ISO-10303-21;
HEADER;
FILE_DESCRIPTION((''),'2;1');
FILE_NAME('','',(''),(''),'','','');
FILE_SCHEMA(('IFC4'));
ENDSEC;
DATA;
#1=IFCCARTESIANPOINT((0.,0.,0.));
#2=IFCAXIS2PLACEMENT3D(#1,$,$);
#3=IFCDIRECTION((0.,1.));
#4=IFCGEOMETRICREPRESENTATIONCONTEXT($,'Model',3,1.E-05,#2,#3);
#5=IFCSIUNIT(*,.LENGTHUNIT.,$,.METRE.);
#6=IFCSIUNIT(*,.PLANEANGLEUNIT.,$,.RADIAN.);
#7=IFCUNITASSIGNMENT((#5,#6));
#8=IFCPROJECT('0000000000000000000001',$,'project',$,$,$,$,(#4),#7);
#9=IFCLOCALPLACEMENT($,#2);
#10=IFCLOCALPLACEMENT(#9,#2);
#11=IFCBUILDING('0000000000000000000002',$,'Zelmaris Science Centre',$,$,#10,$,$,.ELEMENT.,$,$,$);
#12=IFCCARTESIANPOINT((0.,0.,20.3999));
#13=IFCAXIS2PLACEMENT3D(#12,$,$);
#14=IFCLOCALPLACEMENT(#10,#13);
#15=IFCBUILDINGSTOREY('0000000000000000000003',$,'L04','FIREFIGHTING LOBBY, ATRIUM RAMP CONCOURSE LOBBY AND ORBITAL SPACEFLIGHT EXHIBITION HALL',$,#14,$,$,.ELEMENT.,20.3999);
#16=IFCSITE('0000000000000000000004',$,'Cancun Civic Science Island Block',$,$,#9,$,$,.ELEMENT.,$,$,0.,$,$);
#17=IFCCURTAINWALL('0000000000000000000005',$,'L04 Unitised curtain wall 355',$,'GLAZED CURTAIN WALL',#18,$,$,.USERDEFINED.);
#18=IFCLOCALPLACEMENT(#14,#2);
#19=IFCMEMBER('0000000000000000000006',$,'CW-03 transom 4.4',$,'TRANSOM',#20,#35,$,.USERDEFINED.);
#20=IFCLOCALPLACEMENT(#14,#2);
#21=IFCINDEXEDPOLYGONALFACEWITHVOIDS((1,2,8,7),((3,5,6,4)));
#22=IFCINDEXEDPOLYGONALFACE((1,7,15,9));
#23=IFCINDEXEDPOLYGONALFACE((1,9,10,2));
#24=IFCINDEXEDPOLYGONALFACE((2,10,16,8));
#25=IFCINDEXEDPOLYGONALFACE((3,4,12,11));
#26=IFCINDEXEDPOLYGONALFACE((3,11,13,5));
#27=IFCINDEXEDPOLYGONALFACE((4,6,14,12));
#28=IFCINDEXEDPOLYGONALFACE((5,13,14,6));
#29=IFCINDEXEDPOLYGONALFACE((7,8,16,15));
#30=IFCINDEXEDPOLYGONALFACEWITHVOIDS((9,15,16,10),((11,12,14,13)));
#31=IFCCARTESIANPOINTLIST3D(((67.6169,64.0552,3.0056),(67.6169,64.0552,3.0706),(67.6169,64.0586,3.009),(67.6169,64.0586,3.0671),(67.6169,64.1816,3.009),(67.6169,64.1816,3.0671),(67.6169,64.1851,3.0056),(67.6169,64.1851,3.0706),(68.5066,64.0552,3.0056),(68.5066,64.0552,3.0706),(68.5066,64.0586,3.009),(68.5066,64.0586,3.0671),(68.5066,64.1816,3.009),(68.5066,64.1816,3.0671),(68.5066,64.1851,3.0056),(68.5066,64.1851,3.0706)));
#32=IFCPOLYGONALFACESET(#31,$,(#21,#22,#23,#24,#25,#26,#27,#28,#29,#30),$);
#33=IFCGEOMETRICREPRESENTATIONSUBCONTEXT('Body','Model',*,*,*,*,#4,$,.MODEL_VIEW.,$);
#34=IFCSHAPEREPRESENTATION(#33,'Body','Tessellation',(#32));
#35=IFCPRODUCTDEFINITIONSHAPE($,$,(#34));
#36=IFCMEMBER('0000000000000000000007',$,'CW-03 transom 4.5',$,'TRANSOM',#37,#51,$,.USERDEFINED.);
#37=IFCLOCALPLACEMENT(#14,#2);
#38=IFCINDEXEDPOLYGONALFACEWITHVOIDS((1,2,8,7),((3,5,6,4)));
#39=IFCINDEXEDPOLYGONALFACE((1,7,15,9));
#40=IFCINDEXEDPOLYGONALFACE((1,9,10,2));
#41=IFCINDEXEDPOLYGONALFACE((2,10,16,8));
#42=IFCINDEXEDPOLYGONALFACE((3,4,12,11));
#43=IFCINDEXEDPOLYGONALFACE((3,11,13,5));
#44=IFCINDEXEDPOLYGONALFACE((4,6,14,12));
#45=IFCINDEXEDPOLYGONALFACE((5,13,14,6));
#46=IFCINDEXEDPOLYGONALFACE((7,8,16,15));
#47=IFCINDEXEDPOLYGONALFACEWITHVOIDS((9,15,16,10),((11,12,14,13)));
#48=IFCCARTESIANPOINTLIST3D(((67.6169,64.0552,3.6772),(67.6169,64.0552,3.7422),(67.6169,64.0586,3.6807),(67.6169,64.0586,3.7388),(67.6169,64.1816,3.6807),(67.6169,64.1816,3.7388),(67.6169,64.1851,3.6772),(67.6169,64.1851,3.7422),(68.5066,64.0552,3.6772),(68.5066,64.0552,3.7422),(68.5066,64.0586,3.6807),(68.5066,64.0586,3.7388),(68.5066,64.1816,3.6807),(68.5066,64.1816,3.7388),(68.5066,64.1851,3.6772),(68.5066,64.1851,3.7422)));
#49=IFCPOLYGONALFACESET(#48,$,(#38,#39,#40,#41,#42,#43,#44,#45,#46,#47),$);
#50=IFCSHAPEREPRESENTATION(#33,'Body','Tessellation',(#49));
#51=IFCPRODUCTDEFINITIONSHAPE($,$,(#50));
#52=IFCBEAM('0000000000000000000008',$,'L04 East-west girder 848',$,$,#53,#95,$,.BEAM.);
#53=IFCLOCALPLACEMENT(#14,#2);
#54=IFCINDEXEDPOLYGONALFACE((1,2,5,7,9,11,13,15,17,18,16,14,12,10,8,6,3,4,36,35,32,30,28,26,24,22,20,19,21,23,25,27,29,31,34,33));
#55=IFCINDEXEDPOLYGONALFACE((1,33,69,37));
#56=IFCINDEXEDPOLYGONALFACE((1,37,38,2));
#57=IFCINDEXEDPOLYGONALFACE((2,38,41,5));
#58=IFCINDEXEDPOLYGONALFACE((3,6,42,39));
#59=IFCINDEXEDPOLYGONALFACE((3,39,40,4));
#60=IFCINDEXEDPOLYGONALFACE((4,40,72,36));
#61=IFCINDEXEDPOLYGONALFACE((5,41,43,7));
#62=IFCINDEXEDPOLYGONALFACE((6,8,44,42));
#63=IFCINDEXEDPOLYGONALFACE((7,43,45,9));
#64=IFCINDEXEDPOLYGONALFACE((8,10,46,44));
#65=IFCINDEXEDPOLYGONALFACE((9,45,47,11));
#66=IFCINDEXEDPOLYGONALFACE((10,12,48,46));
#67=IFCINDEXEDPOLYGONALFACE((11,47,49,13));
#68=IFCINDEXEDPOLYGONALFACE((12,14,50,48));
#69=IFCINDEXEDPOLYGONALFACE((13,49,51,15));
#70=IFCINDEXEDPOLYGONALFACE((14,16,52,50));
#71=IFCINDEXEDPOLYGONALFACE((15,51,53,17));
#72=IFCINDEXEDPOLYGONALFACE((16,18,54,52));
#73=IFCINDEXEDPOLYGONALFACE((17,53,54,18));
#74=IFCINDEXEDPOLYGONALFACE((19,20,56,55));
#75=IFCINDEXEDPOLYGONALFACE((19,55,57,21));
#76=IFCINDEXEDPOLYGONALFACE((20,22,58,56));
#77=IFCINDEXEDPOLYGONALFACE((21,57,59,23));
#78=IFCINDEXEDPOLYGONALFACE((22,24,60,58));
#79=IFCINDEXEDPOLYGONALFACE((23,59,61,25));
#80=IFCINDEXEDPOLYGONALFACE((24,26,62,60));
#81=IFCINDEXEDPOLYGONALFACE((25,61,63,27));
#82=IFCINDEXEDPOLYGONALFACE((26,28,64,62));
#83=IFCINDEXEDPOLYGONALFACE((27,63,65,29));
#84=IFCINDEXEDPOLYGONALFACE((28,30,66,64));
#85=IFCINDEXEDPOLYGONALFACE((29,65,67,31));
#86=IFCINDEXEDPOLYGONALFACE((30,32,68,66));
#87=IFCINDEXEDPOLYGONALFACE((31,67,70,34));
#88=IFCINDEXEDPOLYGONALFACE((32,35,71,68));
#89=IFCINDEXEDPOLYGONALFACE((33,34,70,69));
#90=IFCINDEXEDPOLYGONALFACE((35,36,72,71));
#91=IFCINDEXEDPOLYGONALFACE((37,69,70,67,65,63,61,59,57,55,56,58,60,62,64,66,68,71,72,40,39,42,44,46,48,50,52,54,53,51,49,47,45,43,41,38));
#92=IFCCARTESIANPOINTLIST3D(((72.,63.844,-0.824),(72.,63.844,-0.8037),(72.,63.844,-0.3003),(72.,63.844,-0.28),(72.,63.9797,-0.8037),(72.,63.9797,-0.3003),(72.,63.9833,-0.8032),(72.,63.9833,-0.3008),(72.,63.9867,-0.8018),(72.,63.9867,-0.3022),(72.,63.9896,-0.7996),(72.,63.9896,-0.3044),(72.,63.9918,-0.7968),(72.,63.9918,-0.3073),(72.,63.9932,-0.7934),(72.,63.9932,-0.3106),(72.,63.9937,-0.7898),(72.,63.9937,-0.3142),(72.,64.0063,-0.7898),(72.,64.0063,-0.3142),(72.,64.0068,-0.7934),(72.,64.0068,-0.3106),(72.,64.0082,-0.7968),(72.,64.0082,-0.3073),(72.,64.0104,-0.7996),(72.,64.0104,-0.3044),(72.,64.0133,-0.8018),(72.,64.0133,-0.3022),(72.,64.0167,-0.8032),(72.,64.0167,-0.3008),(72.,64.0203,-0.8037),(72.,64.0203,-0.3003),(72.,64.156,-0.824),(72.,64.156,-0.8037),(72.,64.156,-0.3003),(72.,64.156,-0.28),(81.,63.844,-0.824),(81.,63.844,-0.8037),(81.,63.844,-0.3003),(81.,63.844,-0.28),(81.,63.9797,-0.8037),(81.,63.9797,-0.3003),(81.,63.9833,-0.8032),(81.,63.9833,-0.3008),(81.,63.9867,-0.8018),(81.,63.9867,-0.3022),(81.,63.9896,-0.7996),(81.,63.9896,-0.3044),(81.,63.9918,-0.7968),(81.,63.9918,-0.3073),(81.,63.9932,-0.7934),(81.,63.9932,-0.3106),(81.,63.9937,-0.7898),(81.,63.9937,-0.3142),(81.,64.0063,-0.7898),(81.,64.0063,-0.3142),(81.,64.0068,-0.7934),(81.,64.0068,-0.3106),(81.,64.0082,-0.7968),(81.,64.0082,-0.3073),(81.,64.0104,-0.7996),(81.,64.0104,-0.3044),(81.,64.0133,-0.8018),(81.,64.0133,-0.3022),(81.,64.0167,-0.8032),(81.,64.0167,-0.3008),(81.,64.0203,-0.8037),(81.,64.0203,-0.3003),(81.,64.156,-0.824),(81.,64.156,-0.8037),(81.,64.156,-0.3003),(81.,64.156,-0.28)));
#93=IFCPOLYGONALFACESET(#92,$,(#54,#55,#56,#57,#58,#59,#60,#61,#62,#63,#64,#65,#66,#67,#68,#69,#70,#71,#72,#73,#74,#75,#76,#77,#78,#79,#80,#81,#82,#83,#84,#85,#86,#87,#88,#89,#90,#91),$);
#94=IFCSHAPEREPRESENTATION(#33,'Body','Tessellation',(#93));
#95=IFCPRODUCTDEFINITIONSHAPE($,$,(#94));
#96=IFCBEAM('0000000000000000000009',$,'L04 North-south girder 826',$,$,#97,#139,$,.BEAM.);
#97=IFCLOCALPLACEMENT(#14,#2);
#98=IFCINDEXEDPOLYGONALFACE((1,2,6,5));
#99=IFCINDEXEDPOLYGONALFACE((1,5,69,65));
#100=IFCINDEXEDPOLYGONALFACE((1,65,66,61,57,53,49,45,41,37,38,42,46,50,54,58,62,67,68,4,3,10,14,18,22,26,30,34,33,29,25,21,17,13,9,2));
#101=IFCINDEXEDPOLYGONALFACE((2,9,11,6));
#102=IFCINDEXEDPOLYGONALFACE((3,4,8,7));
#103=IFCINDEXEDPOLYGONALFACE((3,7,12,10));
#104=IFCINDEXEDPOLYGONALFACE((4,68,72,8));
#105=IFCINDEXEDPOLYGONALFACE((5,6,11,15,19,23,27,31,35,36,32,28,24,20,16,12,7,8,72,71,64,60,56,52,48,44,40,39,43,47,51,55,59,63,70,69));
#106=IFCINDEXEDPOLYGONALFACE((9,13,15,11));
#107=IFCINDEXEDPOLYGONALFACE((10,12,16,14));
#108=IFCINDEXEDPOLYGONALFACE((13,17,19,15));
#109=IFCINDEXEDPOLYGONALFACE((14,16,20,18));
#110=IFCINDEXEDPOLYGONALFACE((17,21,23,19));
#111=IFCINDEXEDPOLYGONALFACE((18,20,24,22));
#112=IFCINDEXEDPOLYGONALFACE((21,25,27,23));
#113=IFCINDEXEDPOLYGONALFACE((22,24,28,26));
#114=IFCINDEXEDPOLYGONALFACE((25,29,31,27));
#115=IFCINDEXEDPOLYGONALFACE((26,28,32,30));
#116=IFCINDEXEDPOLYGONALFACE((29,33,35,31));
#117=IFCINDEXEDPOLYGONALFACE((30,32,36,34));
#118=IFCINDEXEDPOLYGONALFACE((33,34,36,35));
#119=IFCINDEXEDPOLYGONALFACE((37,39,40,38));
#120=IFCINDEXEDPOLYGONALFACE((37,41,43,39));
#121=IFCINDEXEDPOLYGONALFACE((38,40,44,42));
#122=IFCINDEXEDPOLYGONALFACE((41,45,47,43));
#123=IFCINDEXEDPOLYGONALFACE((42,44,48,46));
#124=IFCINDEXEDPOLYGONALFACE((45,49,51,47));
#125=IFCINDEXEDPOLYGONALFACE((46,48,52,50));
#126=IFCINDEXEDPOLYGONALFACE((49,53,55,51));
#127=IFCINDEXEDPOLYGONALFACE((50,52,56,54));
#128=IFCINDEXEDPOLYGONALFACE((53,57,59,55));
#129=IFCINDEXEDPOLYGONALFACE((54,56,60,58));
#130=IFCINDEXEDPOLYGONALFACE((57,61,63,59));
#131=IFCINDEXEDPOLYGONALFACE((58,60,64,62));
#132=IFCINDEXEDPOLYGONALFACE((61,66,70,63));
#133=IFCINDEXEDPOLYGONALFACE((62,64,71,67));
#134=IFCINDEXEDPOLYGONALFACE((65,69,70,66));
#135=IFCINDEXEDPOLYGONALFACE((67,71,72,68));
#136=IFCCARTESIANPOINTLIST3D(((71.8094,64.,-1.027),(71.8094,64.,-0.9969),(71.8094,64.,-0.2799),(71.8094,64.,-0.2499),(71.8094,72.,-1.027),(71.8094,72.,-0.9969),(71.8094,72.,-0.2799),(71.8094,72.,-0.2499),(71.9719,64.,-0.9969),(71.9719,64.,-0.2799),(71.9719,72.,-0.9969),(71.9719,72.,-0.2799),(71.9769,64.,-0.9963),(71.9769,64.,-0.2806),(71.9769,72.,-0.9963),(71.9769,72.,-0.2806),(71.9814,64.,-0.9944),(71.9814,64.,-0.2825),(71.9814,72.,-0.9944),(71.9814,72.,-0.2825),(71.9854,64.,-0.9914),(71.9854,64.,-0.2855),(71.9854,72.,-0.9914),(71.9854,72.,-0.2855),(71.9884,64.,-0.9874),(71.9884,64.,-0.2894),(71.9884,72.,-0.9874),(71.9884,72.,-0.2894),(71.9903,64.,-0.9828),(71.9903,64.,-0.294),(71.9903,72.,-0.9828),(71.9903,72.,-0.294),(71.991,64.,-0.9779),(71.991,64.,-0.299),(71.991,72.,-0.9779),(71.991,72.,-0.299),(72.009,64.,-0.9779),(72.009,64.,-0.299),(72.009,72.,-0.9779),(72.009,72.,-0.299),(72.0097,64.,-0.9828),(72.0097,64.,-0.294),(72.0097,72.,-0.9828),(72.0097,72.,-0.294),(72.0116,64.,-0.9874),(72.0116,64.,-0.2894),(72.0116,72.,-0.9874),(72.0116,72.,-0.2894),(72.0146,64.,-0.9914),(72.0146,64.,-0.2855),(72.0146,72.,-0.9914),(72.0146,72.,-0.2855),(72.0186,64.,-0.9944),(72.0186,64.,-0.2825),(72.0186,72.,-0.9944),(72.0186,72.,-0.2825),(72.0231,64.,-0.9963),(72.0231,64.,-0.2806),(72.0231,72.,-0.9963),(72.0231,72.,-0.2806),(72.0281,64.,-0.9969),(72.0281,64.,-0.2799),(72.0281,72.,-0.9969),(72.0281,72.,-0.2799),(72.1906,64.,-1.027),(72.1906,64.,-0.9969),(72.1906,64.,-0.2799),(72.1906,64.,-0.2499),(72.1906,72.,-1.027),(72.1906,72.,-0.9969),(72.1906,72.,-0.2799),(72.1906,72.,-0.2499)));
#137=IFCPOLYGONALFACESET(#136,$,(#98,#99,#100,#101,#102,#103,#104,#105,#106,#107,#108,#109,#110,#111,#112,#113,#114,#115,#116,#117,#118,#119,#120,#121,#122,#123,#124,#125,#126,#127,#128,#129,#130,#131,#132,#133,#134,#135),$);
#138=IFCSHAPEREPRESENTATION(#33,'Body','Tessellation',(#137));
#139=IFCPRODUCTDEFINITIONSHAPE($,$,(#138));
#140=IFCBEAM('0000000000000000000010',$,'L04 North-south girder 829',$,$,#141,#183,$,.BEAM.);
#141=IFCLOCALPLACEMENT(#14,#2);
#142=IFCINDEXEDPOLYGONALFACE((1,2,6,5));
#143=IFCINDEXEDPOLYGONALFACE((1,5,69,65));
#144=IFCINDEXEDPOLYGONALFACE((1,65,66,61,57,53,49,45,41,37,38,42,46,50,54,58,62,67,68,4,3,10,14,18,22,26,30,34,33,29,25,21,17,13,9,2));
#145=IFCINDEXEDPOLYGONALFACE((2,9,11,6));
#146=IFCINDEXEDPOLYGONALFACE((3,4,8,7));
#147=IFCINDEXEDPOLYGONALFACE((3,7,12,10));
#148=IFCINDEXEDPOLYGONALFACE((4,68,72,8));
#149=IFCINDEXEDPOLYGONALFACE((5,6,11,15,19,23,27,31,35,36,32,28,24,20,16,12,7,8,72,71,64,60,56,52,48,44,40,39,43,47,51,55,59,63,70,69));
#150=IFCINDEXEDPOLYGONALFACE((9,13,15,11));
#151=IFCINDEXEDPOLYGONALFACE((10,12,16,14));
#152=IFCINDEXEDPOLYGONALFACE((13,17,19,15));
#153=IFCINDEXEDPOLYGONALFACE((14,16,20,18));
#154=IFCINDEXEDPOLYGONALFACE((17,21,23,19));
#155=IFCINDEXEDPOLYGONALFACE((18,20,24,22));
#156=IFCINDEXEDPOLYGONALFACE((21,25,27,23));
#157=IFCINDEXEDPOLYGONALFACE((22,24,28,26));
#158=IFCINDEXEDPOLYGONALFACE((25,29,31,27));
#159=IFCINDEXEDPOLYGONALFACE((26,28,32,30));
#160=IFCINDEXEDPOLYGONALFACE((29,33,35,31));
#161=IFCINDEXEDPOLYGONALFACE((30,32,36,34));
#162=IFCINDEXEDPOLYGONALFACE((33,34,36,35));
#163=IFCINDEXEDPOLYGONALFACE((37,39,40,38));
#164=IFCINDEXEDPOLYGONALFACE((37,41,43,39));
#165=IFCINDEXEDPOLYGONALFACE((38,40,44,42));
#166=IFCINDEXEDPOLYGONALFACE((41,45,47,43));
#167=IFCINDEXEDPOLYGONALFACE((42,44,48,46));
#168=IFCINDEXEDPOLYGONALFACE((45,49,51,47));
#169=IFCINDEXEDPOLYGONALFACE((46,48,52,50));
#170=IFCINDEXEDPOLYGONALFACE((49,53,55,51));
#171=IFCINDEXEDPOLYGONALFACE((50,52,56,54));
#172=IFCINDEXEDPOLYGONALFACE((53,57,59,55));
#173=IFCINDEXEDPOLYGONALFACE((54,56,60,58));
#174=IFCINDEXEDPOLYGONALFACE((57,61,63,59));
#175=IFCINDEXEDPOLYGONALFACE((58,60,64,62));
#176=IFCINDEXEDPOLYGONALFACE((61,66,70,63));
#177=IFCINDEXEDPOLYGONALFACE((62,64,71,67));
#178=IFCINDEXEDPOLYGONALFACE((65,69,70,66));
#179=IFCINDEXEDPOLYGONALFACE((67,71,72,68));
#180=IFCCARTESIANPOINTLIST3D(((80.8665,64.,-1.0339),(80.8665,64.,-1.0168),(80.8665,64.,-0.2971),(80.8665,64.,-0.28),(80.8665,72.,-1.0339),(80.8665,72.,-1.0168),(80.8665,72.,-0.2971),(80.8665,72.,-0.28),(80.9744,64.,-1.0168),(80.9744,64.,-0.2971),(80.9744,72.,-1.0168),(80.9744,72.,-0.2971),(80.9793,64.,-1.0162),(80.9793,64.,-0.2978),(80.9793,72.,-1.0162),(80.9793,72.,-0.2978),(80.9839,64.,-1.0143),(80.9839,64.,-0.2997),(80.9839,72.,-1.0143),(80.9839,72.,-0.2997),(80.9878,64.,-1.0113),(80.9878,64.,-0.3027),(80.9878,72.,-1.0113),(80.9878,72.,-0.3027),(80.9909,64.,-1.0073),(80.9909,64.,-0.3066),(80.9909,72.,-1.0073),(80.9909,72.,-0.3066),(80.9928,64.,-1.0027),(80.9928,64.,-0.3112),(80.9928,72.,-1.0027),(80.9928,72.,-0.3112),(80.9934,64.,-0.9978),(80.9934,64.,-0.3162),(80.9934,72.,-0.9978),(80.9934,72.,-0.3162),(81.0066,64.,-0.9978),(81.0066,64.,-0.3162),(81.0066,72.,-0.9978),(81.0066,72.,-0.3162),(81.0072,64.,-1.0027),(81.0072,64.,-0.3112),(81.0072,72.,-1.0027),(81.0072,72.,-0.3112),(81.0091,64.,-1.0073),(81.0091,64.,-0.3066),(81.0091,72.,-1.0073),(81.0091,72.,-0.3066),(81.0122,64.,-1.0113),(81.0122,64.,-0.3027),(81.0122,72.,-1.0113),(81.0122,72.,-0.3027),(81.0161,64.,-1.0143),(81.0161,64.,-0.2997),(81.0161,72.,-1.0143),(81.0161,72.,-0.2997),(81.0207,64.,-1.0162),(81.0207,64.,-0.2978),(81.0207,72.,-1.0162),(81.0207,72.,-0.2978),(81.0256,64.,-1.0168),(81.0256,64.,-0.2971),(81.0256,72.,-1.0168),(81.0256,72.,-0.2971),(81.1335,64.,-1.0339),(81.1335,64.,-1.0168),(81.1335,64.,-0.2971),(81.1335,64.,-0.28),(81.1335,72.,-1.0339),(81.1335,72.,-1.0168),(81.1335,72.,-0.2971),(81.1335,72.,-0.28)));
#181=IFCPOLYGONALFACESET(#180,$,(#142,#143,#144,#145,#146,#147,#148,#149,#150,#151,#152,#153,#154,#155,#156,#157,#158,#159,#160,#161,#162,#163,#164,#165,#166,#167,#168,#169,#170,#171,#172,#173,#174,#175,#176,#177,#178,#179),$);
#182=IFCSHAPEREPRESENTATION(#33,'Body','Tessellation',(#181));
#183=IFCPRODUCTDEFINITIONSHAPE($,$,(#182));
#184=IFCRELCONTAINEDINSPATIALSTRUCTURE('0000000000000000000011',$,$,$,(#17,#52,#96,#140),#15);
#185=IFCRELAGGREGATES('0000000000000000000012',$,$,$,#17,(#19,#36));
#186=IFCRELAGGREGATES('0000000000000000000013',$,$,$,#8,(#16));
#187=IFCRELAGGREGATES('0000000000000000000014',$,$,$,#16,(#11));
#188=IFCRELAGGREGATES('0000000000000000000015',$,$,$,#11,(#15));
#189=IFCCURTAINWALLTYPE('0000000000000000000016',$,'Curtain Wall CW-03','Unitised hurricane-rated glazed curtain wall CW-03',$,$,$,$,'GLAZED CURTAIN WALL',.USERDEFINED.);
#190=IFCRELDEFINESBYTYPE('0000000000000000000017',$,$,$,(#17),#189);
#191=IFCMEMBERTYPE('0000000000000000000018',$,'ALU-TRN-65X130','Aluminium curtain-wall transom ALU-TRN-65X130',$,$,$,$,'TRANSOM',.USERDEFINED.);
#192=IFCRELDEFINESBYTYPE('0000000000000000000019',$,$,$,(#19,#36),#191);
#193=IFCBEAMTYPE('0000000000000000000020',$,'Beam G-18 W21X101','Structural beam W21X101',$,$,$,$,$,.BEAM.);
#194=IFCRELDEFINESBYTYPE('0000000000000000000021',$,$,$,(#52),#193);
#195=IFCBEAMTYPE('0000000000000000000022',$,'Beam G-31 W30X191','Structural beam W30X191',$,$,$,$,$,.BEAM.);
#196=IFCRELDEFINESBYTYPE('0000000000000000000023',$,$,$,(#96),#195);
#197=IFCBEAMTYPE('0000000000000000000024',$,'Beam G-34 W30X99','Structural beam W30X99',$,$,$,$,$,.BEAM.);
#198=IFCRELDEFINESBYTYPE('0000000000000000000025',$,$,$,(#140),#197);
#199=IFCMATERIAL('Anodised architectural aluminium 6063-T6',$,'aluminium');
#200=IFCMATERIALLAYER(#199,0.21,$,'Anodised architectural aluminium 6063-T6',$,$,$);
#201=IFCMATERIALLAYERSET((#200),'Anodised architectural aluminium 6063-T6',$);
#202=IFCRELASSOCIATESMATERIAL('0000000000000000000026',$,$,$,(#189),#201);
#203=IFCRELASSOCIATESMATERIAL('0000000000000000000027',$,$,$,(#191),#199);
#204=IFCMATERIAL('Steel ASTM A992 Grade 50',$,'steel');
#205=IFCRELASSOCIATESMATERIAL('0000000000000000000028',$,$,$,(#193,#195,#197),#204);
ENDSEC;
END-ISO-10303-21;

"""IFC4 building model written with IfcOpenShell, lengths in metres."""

from ifc_helpers import new_model, si_unit, direction, frame, origin, origin_2d, place, context, subcontext, project, spatial, hollow_rectangle, i_section, extrude, material, layer, layer_set, material_profile, profile_set, type_object, element, aggregate, save


model = new_model("IFC4")

# Units and contexts
model_context = context("Model", 3, precision=1e-05, world=origin(), true_north=direction((0.0, 1.0)))
body_context = subcontext(model_context, "Body", "Model", "MODEL_VIEW")
ifc_project = project(units=[si_unit("LENGTHUNIT", "METRE"), si_unit("PLANEANGLEUNIT", "RADIAN")], contexts=[model_context])

# Site, building, storey
site_placement = place(None, origin())
site = spatial("IfcSite", under=ifc_project, at=site_placement, Name="Cancun Civic Science Island Block", CompositionType="ELEMENT", RefElevation=0.0)
building_placement = place(site_placement, origin())
building = spatial("IfcBuilding", under=site, at=building_placement, Name="Zelmaris Science Centre", CompositionType="ELEMENT")
storey_placement = place(building_placement, frame((0.0, 0.0, 20.3999)))
storey = spatial("IfcBuildingStorey", under=building, at=storey_placement, Name="L04", Description="FIREFIGHTING LOBBY, ATRIUM RAMP CONCOURSE LOBBY AND ORBITAL SPACEFLIGHT EXHIBITION HALL", CompositionType="ELEMENT", Elevation=20.3999)

# Shared definitions
ifc_material_1 = material(Name="Steel ASTM A992 Grade 50", Category="steel")

# Curtain wall, members
ifc_material_2 = material(Name="Anodised architectural aluminium 6063-T6", Category="aluminium")
ifc_layer_1 = layer(ifc_material_2, 0.21, Name="Anodised architectural aluminium 6063-T6")
ifc_layer_set_1 = layer_set([ifc_layer_1], Name="Anodised architectural aluminium 6063-T6")
curtain_wall_type = type_object("IfcCurtainWallType", Name="Curtain Wall CW-03", Description="Unitised hurricane-rated glazed curtain wall CW-03", ElementType="GLAZED CURTAIN WALL", PredefinedType="USERDEFINED", material=ifc_layer_set_1)
curtain_wall_placement = place(storey_placement, origin())
curtain_wall = element("IfcCurtainWall", 1, at=curtain_wall_placement, inside=storey, type_object=curtain_wall_type, Name="L04 Unitised curtain wall 355", ObjectType="GLAZED CURTAIN WALL", PredefinedType="USERDEFINED")
ifc_material_profile_1 = material_profile(ifc_material_2, hollow_rectangle(XDim=0.0649, YDim=0.1299, WallThickness=0.0034, at=origin_2d()), Name="ALU-TRN-65X130")
ifc_profile_set_1 = profile_set([ifc_material_profile_1], Name="Anodised architectural aluminium 6063-T6")
member_type_1 = type_object("IfcMemberType", Name="ALU-TRN-65X130", Description="Aluminium curtain-wall transom ALU-TRN-65X130", ElementType="TRANSOM", PredefinedType="USERDEFINED", material=ifc_profile_set_1)
member_1_placement = place(storey_placement, frame((68.5066, 64.1201, 3.0381), z_axis=(-1.0, 0.0, 0.0), x_axis=(0.0, 0.0, 1.0)))
member_1 = element("IfcMember", 2, at=member_1_placement, type_object=member_type_1, Name="CW-03 transom 4.4", ObjectType="TRANSOM", PredefinedType="USERDEFINED", context=body_context, shape_type="SweptSolid", body=[
    extrude(hollow_rectangle(XDim=0.0649, YDim=0.1299, WallThickness=0.0034, at=origin_2d()), origin(), (0.0, 0.0, 1.0), 0.8896),
])
member_2_placement = place(storey_placement, frame((68.5066, 64.1201, 3.7097), z_axis=(-1.0, 0.0, 0.0), x_axis=(0.0, 0.0, 1.0)))
member_2 = element("IfcMember", 3, at=member_2_placement, type_object=member_type_1, Name="CW-03 transom 4.5", ObjectType="TRANSOM", PredefinedType="USERDEFINED", context=body_context, shape_type="SweptSolid", body=[
    extrude(hollow_rectangle(XDim=0.0649, YDim=0.1299, WallThickness=0.0034, at=origin_2d()), origin(), (0.0, 0.0, 1.0), 0.8896),
])

# Beams
ifc_material_profile_2 = material_profile(ifc_material_1, i_section(OverallWidth=0.312, OverallDepth=0.5439, WebThickness=0.0127, FlangeThickness=0.0203, FilletRadius=0.0139, at=origin_2d()), Name="W21X101")
ifc_profile_set_2 = profile_set([ifc_material_profile_2], Name="Steel ASTM A992 Grade 50")
beam_type_1 = type_object("IfcBeamType", Name="Beam G-18 W21X101", Description="Structural beam W21X101", PredefinedType="BEAM", material=ifc_profile_set_2)
beam_1_placement = place(storey_placement, frame((72.0, 64.0, -0.552), z_axis=(1.0, 0.0, 0.0), x_axis=(0.0, 1.0, 0.0)))
element("IfcBeam", 4, at=beam_1_placement, inside=storey, type_object=beam_type_1, Name="L04 East-west girder 848", PredefinedType="BEAM", context=body_context, shape_type="SweptSolid", body=[
    extrude(i_section(OverallWidth=0.312, OverallDepth=0.5439, WebThickness=0.0127, FlangeThickness=0.0203, FilletRadius=0.0139, at=origin_2d()), origin(), (0.0, 0.0, 1.0), 9.0),
])
ifc_material_profile_3 = material_profile(ifc_material_1, i_section(OverallWidth=0.3811, OverallDepth=0.7771, WebThickness=0.0181, FlangeThickness=0.03, FilletRadius=0.019, at=origin_2d()), Name="W30X191")
ifc_profile_set_3 = profile_set([ifc_material_profile_3], Name="Steel ASTM A992 Grade 50")
beam_type_2 = type_object("IfcBeamType", Name="Beam G-31 W30X191", Description="Structural beam W30X191", PredefinedType="BEAM", material=ifc_profile_set_3)
beam_2_placement = place(storey_placement, frame((72.0, 64.0, -0.6384), z_axis=(0.0, 1.0, 0.0), x_axis=(-1.0, 0.0, 0.0)))
element("IfcBeam", 5, at=beam_2_placement, inside=storey, type_object=beam_type_2, Name="L04 North-south girder 826", PredefinedType="BEAM", context=body_context, shape_type="SweptSolid", body=[
    extrude(i_section(OverallWidth=0.3811, OverallDepth=0.7771, WebThickness=0.0181, FlangeThickness=0.03, FilletRadius=0.019, at=origin_2d()), origin(), (0.0, 0.0, 1.0), 8.0),
])
ifc_material_profile_4 = material_profile(ifc_material_1, i_section(OverallWidth=0.2671, OverallDepth=0.7539, WebThickness=0.0132, FlangeThickness=0.0171, FilletRadius=0.019, at=origin_2d()), Name="W30X99")
ifc_profile_set_4 = profile_set([ifc_material_profile_4], Name="Steel ASTM A992 Grade 50")
beam_type_3 = type_object("IfcBeamType", Name="Beam G-34 W30X99", Description="Structural beam W30X99", PredefinedType="BEAM", material=ifc_profile_set_4)
beam_3_placement = place(storey_placement, frame((81.0, 64.0, -0.657), z_axis=(0.0, 1.0, 0.0), x_axis=(-1.0, 0.0, 0.0)))
element("IfcBeam", 6, at=beam_3_placement, inside=storey, type_object=beam_type_3, Name="L04 North-south girder 829", PredefinedType="BEAM", context=body_context, shape_type="SweptSolid", body=[
    extrude(i_section(OverallWidth=0.2671, OverallDepth=0.7539, WebThickness=0.0132, FlangeThickness=0.0171, FilletRadius=0.019, at=origin_2d()), origin(), (0.0, 0.0, 1.0), 8.0),
])

aggregate(curtain_wall, [member_1, member_2])

save(model, "model.ifc")
